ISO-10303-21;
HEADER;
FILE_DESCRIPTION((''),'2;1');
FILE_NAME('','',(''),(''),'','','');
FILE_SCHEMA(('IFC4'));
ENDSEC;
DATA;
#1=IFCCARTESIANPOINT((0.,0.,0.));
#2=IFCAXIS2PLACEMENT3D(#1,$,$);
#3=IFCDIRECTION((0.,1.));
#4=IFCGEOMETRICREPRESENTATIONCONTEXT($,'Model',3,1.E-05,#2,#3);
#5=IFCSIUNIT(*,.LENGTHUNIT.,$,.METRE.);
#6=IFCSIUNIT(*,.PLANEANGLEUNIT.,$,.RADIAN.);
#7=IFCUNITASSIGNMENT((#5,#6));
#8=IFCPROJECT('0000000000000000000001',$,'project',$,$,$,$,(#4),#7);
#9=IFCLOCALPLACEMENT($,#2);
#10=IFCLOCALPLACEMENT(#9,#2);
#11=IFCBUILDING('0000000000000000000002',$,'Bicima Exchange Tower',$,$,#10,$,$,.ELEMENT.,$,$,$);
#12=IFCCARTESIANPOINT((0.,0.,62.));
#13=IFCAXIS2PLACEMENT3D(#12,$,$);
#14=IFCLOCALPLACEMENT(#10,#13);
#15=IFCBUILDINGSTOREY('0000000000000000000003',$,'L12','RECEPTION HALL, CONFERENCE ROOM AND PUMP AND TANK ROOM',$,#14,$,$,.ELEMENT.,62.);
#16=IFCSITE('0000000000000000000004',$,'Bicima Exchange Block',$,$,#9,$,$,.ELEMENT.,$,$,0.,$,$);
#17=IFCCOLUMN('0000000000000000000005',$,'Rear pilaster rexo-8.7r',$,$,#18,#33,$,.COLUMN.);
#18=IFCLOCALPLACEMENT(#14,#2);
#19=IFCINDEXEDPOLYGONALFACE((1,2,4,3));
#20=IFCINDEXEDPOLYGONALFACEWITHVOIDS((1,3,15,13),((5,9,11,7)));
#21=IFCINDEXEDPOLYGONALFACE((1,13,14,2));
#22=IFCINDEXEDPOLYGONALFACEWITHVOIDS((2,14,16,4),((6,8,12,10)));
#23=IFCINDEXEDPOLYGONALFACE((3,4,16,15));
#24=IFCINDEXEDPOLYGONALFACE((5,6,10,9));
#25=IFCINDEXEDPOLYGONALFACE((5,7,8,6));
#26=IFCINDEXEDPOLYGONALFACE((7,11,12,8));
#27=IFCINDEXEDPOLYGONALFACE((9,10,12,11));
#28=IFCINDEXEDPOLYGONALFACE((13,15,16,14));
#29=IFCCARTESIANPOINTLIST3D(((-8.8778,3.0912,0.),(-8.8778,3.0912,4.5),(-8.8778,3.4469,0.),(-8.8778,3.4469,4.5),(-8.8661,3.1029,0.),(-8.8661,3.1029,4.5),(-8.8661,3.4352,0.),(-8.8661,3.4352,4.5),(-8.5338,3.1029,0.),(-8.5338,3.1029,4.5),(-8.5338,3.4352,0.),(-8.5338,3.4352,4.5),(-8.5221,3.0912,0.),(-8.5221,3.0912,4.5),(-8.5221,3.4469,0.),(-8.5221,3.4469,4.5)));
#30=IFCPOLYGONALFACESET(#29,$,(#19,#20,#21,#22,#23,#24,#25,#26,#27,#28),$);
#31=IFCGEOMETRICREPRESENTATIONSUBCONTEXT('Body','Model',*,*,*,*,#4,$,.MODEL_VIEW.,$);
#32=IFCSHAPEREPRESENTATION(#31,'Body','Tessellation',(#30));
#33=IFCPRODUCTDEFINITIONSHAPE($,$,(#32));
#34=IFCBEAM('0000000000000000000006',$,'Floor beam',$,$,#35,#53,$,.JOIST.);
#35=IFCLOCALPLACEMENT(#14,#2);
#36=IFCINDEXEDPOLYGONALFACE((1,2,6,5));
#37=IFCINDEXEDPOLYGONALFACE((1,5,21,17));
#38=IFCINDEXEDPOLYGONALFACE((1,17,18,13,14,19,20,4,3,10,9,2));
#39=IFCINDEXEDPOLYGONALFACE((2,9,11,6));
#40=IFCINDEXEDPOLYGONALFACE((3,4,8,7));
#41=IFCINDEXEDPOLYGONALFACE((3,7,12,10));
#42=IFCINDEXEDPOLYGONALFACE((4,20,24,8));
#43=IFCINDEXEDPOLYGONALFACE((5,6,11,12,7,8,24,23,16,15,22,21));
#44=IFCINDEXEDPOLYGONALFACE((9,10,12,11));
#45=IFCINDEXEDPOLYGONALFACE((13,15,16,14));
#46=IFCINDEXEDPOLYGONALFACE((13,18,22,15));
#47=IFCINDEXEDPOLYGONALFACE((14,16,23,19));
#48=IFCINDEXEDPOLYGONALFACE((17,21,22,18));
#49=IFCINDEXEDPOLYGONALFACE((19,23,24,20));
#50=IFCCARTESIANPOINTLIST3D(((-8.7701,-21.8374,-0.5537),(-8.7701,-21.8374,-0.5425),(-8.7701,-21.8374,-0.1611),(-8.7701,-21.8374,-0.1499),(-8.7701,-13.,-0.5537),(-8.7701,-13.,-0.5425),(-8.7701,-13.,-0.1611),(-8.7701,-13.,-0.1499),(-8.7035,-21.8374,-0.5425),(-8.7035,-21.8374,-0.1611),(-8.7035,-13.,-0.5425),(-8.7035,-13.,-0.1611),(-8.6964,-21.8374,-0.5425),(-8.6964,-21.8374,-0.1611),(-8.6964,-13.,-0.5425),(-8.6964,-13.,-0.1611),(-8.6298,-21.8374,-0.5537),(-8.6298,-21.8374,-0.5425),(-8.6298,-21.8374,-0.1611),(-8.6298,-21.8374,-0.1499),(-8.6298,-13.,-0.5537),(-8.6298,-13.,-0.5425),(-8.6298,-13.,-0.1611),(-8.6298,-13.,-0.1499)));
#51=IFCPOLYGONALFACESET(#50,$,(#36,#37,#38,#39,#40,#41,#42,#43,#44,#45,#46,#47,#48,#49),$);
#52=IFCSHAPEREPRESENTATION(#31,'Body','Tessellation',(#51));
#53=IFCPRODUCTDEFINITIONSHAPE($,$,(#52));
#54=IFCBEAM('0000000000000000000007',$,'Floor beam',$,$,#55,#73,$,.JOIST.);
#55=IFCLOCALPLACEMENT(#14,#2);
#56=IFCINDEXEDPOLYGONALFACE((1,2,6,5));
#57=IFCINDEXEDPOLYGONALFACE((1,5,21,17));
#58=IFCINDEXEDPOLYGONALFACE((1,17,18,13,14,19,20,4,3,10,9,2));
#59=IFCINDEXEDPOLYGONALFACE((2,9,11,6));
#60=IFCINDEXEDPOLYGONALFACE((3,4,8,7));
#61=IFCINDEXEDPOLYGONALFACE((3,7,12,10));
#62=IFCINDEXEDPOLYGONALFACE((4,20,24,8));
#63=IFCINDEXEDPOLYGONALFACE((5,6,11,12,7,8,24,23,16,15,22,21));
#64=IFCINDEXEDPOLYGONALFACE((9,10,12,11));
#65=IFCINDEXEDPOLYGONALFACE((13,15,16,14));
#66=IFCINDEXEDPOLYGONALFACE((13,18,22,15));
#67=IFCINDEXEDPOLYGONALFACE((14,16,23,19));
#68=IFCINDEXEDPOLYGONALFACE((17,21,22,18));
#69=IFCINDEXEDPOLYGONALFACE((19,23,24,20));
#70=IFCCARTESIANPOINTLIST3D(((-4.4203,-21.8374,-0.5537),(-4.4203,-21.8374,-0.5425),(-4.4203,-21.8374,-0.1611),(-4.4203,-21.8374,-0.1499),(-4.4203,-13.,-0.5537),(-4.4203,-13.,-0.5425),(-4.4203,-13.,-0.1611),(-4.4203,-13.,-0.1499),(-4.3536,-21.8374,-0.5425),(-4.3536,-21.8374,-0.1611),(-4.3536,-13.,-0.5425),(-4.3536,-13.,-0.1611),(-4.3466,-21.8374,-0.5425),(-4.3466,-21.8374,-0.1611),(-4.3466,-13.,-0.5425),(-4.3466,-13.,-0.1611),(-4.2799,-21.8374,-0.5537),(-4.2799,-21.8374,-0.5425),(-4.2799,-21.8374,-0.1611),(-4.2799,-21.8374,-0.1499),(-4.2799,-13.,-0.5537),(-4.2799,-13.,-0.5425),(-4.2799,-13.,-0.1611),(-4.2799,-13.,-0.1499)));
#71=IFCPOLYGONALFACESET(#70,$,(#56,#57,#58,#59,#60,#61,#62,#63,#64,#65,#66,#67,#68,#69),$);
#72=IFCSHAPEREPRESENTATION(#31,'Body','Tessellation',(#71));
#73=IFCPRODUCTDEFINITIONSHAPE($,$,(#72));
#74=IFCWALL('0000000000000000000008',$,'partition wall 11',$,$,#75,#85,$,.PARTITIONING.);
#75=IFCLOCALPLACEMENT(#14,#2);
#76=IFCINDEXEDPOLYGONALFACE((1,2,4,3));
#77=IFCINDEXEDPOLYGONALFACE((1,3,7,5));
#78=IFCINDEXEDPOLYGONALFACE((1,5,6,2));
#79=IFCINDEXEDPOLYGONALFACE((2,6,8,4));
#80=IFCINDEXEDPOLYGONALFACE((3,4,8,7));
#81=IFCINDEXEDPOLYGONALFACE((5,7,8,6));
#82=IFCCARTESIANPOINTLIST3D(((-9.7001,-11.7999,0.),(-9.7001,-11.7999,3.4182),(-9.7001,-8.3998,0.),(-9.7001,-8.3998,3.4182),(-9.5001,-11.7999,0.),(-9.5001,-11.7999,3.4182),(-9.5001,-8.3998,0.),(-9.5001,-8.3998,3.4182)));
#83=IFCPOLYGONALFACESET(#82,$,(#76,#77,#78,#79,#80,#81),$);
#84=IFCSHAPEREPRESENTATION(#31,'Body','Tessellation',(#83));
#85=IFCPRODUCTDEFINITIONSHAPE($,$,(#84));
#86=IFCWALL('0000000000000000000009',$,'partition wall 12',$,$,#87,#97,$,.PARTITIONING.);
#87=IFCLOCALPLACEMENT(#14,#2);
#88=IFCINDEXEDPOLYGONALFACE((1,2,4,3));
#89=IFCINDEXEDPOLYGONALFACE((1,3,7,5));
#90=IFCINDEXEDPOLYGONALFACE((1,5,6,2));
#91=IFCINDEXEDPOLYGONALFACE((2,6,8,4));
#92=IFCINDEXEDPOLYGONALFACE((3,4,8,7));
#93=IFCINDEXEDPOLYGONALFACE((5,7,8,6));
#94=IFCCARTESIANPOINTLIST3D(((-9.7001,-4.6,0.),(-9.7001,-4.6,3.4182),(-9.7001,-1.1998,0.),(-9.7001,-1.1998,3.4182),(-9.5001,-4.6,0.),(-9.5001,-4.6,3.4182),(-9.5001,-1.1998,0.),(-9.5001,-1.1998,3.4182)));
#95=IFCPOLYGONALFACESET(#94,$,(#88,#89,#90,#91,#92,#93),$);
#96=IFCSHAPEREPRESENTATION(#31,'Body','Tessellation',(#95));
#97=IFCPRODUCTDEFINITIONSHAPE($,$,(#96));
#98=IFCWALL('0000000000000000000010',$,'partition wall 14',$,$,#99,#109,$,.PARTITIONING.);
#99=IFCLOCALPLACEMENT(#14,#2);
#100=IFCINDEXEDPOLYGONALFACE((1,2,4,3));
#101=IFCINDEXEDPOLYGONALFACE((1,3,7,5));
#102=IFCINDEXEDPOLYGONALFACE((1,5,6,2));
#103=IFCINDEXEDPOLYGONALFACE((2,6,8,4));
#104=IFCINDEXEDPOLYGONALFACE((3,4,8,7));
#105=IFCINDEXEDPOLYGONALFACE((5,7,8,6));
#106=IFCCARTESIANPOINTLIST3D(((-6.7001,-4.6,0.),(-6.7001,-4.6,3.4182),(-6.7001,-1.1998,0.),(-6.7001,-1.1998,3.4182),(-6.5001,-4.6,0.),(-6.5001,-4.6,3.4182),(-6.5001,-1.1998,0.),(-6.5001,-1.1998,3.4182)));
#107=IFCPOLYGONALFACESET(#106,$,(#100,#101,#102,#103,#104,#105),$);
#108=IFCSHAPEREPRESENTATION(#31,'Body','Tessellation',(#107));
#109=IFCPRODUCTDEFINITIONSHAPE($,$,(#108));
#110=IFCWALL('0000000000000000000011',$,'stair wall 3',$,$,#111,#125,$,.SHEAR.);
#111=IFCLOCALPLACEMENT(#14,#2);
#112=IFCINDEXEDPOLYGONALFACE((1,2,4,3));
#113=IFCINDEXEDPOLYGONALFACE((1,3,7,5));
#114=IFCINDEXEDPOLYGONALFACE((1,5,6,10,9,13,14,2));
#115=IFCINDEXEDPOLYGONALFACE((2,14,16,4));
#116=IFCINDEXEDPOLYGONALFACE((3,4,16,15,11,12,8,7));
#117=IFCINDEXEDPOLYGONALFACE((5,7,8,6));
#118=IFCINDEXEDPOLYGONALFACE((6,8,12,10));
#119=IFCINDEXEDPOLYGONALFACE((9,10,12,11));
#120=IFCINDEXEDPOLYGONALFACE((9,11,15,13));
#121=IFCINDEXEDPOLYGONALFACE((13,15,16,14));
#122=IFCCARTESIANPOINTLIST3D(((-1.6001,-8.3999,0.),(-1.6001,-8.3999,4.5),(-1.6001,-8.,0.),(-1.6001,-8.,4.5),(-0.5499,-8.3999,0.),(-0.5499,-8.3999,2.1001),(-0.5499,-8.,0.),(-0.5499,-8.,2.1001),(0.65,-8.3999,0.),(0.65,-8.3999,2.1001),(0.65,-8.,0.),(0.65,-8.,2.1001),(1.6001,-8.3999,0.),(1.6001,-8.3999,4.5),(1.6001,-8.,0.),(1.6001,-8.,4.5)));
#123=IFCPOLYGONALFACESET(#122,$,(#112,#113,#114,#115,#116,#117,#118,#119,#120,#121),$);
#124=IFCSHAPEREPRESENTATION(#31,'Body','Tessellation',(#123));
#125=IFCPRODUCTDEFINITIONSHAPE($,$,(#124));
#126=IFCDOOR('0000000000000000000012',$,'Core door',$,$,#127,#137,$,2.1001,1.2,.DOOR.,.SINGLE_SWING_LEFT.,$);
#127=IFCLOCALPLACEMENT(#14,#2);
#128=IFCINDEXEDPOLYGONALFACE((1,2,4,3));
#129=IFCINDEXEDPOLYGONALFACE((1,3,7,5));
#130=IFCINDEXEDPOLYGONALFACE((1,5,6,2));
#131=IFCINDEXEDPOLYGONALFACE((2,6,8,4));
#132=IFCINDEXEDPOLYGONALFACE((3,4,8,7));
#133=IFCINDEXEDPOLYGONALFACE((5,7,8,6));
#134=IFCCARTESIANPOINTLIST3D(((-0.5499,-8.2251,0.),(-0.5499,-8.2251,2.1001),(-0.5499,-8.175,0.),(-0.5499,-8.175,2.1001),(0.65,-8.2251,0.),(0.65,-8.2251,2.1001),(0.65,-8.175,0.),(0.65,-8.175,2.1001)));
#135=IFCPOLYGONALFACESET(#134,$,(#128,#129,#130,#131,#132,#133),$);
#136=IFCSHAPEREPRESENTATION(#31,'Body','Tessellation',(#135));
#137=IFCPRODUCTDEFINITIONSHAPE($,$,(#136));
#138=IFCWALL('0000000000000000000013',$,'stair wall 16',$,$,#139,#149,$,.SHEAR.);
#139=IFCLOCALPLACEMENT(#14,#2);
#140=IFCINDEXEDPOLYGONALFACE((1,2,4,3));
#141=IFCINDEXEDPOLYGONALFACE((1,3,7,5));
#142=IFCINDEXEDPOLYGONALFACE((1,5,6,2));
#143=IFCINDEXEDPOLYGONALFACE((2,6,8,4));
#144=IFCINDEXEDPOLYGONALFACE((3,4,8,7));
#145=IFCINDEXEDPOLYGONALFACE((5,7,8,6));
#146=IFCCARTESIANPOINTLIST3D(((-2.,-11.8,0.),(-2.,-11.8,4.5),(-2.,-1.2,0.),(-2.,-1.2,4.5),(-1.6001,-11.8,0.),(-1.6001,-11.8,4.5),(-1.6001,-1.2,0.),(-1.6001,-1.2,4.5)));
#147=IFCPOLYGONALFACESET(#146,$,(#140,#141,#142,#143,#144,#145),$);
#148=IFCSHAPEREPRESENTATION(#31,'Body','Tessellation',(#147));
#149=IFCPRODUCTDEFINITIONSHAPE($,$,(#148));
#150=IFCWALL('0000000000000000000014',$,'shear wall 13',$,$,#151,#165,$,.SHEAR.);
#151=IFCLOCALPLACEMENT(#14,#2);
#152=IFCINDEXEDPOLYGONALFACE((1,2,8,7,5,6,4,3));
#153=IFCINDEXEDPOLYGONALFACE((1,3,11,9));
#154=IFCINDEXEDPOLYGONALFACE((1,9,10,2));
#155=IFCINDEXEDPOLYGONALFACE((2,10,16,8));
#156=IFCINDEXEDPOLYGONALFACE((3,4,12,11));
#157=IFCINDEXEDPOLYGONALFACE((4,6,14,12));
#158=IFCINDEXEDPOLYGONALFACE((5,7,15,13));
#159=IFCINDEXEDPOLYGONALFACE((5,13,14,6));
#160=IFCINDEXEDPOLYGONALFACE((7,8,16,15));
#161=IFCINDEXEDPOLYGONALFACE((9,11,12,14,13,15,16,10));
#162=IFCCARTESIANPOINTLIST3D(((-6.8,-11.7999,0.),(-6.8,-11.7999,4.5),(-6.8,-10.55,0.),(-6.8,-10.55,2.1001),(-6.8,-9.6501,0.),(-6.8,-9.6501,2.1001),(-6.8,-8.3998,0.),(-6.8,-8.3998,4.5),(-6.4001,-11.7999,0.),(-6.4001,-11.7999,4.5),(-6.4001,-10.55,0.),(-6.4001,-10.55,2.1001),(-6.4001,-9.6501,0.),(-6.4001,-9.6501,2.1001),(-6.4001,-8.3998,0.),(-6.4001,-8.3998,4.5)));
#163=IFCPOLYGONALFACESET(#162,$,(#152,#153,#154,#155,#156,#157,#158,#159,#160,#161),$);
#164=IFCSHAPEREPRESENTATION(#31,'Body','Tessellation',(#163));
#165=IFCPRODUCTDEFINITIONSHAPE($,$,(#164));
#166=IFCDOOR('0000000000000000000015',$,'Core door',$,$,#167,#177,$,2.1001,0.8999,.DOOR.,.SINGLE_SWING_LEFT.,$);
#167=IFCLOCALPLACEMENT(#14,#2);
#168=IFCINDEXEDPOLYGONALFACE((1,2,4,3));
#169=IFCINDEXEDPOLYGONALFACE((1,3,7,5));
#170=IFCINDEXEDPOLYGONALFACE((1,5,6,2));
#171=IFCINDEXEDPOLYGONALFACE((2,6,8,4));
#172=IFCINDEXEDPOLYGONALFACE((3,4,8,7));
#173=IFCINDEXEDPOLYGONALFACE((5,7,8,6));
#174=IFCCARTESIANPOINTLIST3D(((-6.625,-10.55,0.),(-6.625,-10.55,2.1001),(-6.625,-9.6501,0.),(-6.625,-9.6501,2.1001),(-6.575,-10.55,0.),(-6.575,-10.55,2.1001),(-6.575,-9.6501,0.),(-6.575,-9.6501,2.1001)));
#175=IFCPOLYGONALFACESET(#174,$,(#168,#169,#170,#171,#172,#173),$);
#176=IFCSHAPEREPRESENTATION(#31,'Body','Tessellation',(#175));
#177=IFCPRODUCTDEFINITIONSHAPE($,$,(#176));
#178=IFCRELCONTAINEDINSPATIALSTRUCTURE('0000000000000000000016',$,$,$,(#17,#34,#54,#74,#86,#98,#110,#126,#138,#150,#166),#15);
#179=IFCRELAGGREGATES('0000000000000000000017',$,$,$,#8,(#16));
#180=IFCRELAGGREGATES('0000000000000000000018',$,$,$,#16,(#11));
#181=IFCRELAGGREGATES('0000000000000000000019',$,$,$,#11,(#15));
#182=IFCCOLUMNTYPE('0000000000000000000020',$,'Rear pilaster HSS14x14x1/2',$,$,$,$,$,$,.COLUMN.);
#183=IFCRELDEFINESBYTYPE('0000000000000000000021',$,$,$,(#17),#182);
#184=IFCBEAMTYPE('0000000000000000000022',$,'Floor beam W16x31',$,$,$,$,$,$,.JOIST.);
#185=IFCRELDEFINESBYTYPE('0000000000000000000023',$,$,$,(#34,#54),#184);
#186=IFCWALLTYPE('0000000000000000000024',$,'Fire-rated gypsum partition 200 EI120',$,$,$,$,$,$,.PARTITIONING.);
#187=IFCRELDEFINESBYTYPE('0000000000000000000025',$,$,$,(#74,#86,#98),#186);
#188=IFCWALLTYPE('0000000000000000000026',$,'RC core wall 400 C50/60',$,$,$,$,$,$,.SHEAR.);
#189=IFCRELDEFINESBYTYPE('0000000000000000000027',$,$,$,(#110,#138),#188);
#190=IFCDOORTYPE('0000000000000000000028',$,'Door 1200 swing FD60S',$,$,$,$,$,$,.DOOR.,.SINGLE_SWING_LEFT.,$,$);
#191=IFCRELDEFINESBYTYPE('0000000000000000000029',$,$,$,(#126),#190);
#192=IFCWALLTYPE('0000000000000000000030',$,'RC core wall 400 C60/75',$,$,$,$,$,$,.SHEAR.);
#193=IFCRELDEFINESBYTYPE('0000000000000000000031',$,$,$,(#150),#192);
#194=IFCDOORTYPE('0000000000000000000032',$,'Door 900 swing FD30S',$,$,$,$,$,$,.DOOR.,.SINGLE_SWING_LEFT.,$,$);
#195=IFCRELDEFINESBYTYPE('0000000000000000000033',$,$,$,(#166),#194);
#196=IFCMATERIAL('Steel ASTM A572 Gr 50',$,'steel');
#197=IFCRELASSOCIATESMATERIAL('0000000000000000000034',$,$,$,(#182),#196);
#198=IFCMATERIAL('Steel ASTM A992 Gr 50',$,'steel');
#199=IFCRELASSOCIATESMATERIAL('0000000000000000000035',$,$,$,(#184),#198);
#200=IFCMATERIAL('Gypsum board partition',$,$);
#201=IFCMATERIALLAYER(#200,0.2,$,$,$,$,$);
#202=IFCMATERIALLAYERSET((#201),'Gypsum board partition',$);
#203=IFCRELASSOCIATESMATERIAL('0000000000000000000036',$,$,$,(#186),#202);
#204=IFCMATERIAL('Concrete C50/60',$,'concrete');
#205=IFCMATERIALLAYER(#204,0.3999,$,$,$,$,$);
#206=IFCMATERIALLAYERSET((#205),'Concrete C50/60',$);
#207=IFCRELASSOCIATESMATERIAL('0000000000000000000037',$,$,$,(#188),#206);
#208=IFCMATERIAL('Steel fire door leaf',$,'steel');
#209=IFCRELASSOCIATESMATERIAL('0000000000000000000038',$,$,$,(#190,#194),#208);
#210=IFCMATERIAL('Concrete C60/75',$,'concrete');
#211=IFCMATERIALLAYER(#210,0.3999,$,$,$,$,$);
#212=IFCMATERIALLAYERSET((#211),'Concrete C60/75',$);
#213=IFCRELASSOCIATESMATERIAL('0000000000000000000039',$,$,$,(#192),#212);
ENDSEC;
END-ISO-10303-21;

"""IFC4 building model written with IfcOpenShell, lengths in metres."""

from ifc_helpers import new_model, si_unit, direction, frame, frame_2d, origin, origin_2d, place, context, subcontext, project, spatial, rectangle, hollow_rectangle, i_section, extrude, material, layer, layer_set, material_profile, profile_set, type_object, element, fill, save


model = new_model("IFC4")

# Units and contexts
model_context = context("Model", 3, precision=1e-05, world=origin(), true_north=direction((0.0, 1.0)))
body_context = subcontext(model_context, "Body", "Model", "MODEL_VIEW")
ifc_project = project(units=[si_unit("LENGTHUNIT", "METRE"), si_unit("PLANEANGLEUNIT", "RADIAN")], contexts=[model_context])

# Site, building, storey
site_placement = place(None, origin())
site = spatial("IfcSite", under=ifc_project, at=site_placement, Name="Bicima Exchange Block", CompositionType="ELEMENT", RefElevation=0.0)
building_placement = place(site_placement, origin())
building = spatial("IfcBuilding", under=site, at=building_placement, Name="Bicima Exchange Tower", CompositionType="ELEMENT")
storey_placement = place(building_placement, frame((0.0, 0.0, 62.0)))
storey = spatial("IfcBuildingStorey", under=building, at=storey_placement, Name="L12", Description="RECEPTION HALL, CONFERENCE ROOM AND PUMP AND TANK ROOM", CompositionType="ELEMENT", Elevation=62.0)

# Column
ifc_material_1 = material(Name="Steel ASTM A572 Gr 50", Category="steel")
ifc_material_profile_1 = material_profile(ifc_material_1, hollow_rectangle(XDim=0.3557, YDim=0.3557, WallThickness=0.0117, at=origin_2d()))
ifc_profile_set_1 = profile_set([ifc_material_profile_1], Name="Steel ASTM A572 Gr 50")
column_type = type_object("IfcColumnType", Name="Rear pilaster HSS14x14x1/2", PredefinedType="COLUMN", material=ifc_profile_set_1)
column_placement = place(storey_placement, frame((-8.7, 3.269, 0.0), z_axis=(0.0, 0.0, 1.0), x_axis=(1.0, 0.0, 0.0)))
element("IfcColumn", 1, at=column_placement, inside=storey, type_object=column_type, Name="Rear pilaster rexo-8.7r", PredefinedType="COLUMN", context=body_context, shape_type="SweptSolid", body=[
    extrude(hollow_rectangle(XDim=0.3557, YDim=0.3557, WallThickness=0.0117, at=origin_2d()), origin(), (0.0, 0.0, 1.0), 4.5),
])

# Beams
ifc_material_2 = material(Name="Steel ASTM A992 Gr 50", Category="steel")
ifc_material_profile_2 = material_profile(ifc_material_2, i_section(OverallWidth=0.1404, OverallDepth=0.4038, WebThickness=0.0071, FlangeThickness=0.0112, at=origin_2d()))
ifc_profile_set_2 = profile_set([ifc_material_profile_2], Name="Steel ASTM A992 Gr 50")
beam_type = type_object("IfcBeamType", Name="Floor beam W16x31", PredefinedType="JOIST", material=ifc_profile_set_2)
for number, where, z_axis, x_axis, name in (
    (2, (-8.7, -13.0, -0.3518), (0.0, -1.0, 0.0), (1.0, 0.0, 0.0), "Floor beam"),
    (3, (-4.3501, -13.0, -0.3518), (0.0, -1.0, 0.0), (1.0, 0.0, 0.0), "Floor beam"),
):
    element("IfcBeam", number, at=place(storey_placement, frame(where, z_axis=z_axis, x_axis=x_axis)), inside=storey, type_object=beam_type, Name=name, PredefinedType="JOIST", context=body_context, shape_type="SweptSolid", body=[
        extrude(i_section(OverallWidth=0.1404, OverallDepth=0.4038, WebThickness=0.0071, FlangeThickness=0.0112, at=origin_2d()), origin(), (0.0, 0.0, 1.0), 8.8374),
    ])

# Walls
ifc_material_3 = material(Name="Gypsum board partition")
ifc_layer_1 = layer(ifc_material_3, 0.2)
ifc_layer_set_1 = layer_set([ifc_layer_1], Name="Gypsum board partition")
wall_type_1 = type_object("IfcWallType", Name="Fire-rated gypsum partition 200 EI120", PredefinedType="PARTITIONING", material=ifc_layer_set_1)
for number, where, z_axis, x_axis, name in (
    (4, (-9.6001, -11.8, 0.0), (0.0, 0.0, 1.0), (0.0, 1.0, 0.0), "partition wall 11"),
    (5, (-9.6001, -4.6001, 0.0), (0.0, 0.0, 1.0), (0.0, 1.0, 0.0), "partition wall 12"),
    (6, (-6.6001, -4.6001, 0.0), (0.0, 0.0, 1.0), (0.0, 1.0, 0.0), "partition wall 14"),
):
    element("IfcWall", number, at=place(storey_placement, frame(where, z_axis=z_axis, x_axis=x_axis)), inside=storey, type_object=wall_type_1, Name=name, PredefinedType="PARTITIONING", context=body_context, shape_type="SweptSolid", body=[
        extrude(rectangle(XDim=3.4001, YDim=0.2, at=frame_2d((1.7002, 0.0))), origin(), (0.0, 0.0, 1.0), 3.4182),
    ])

# Wall, opening, door
ifc_material_4 = material(Name="Concrete C50/60", Category="concrete")
ifc_layer_2 = layer(ifc_material_4, 0.3999)
ifc_layer_set_2 = layer_set([ifc_layer_2], Name="Concrete C50/60")
wall_type_2 = type_object("IfcWallType", Name="RC core wall 400 C50/60", PredefinedType="SHEAR", material=ifc_layer_set_2)
wall_1_placement = place(storey_placement, frame((-1.6001, -8.2, 0.0), z_axis=(0.0, 0.0, 1.0), x_axis=(1.0, 0.0, 0.0)))
wall_1 = element("IfcWall", 7, at=wall_1_placement, inside=storey, type_object=wall_type_2, Name="stair wall 3", PredefinedType="SHEAR", context=body_context, shape_type="SweptSolid", body=[
    extrude(rectangle(XDim=3.2002, YDim=0.3999, at=frame_2d((1.6001, 0.0))), origin(), (0.0, 0.0, 1.0), 4.5),
])
opening_1_placement = place(wall_1_placement, frame((1.05, 0.0, 0.0)))
opening_1 = element("IfcOpeningElement", 8, at=opening_1_placement, cuts=wall_1, PredefinedType="OPENING", context=body_context, shape_type="SweptSolid", body=[
    extrude(rectangle(XDim=1.2, YDim=2.1001, at=frame_2d((0.6001, 1.05))), frame((0.0, 0.2119, 0.0), z_axis=(0.0, -1.0, 0.0), x_axis=(1.0, 0.0, 0.0)), (0.0, 0.0, 1.0), 0.4238),
])
ifc_material_5 = material(Name="Steel fire door leaf", Category="steel")
door_type_1 = type_object("IfcDoorType", Name="Door 1200 swing FD60S", OperationType="SINGLE_SWING_LEFT", PredefinedType="DOOR", material=ifc_material_5)
door_1_placement = place(opening_1_placement, origin())
door_1 = element("IfcDoor", 9, at=door_1_placement, inside=storey, type_object=door_type_1, Name="Core door", OperationType="SINGLE_SWING_LEFT", OverallHeight=2.1001, OverallWidth=1.2, PredefinedType="DOOR", context=body_context, shape_type="SweptSolid", body=[
    extrude(rectangle(XDim=1.2, YDim=2.1001, at=frame_2d((0.6001, 1.05))), frame((0.0, 0.0249, 0.0), z_axis=(0.0, -1.0, 0.0), x_axis=(1.0, 0.0, 0.0)), (0.0, 0.0, 1.0), 0.05),
])
fill(opening_1, door_1)

# Wall
wall_2_placement = place(storey_placement, frame((-1.8, -11.8, 0.0), z_axis=(0.0, 0.0, 1.0), x_axis=(0.0, 1.0, 0.0)))
element("IfcWall", 10, at=wall_2_placement, inside=storey, type_object=wall_type_2, Name="stair wall 16", PredefinedType="SHEAR", context=body_context, shape_type="SweptSolid", body=[
    extrude(rectangle(XDim=10.6001, YDim=0.3999, at=frame_2d((5.3, 0.0))), origin(), (0.0, 0.0, 1.0), 4.5),
])

# Wall, opening, door
ifc_material_6 = material(Name="Concrete C60/75", Category="concrete")
ifc_layer_3 = layer(ifc_material_6, 0.3999)
ifc_layer_set_3 = layer_set([ifc_layer_3], Name="Concrete C60/75")
wall_type_3 = type_object("IfcWallType", Name="RC core wall 400 C60/75", PredefinedType="SHEAR", material=ifc_layer_set_3)
wall_3_placement = place(storey_placement, frame((-6.6001, -11.8, 0.0), z_axis=(0.0, 0.0, 1.0), x_axis=(0.0, 1.0, 0.0)))
wall_3 = element("IfcWall", 11, at=wall_3_placement, inside=storey, type_object=wall_type_3, Name="shear wall 13", PredefinedType="SHEAR", context=body_context, shape_type="SweptSolid", body=[
    extrude(rectangle(XDim=3.4001, YDim=0.3999, at=frame_2d((1.7002, 0.0))), origin(), (0.0, 0.0, 1.0), 4.5),
])
opening_2_placement = place(wall_3_placement, frame((1.25, 0.0, 0.0)))
opening_2 = element("IfcOpeningElement", 12, at=opening_2_placement, cuts=wall_3, PredefinedType="OPENING", context=body_context, shape_type="SweptSolid", body=[
    extrude(rectangle(XDim=0.8999, YDim=2.1001, at=frame_2d((0.45, 1.05))), frame((0.0, 0.2119, 0.0), z_axis=(0.0, -1.0, 0.0), x_axis=(1.0, 0.0, 0.0)), (0.0, 0.0, 1.0), 0.4238),
])
door_type_2 = type_object("IfcDoorType", Name="Door 900 swing FD30S", OperationType="SINGLE_SWING_LEFT", PredefinedType="DOOR", material=ifc_material_5)
door_2_placement = place(opening_2_placement, origin())
door_2 = element("IfcDoor", 13, at=door_2_placement, inside=storey, type_object=door_type_2, Name="Core door", OperationType="SINGLE_SWING_LEFT", OverallHeight=2.1001, OverallWidth=0.8999, PredefinedType="DOOR", context=body_context, shape_type="SweptSolid", body=[
    extrude(rectangle(XDim=0.8999, YDim=2.1001, at=frame_2d((0.45, 1.05))), frame((0.0, 0.0249, 0.0), z_axis=(0.0, -1.0, 0.0), x_axis=(1.0, 0.0, 0.0)), (0.0, 0.0, 1.0), 0.05),
])
fill(opening_2, door_2)

save(model, "model.ifc")
